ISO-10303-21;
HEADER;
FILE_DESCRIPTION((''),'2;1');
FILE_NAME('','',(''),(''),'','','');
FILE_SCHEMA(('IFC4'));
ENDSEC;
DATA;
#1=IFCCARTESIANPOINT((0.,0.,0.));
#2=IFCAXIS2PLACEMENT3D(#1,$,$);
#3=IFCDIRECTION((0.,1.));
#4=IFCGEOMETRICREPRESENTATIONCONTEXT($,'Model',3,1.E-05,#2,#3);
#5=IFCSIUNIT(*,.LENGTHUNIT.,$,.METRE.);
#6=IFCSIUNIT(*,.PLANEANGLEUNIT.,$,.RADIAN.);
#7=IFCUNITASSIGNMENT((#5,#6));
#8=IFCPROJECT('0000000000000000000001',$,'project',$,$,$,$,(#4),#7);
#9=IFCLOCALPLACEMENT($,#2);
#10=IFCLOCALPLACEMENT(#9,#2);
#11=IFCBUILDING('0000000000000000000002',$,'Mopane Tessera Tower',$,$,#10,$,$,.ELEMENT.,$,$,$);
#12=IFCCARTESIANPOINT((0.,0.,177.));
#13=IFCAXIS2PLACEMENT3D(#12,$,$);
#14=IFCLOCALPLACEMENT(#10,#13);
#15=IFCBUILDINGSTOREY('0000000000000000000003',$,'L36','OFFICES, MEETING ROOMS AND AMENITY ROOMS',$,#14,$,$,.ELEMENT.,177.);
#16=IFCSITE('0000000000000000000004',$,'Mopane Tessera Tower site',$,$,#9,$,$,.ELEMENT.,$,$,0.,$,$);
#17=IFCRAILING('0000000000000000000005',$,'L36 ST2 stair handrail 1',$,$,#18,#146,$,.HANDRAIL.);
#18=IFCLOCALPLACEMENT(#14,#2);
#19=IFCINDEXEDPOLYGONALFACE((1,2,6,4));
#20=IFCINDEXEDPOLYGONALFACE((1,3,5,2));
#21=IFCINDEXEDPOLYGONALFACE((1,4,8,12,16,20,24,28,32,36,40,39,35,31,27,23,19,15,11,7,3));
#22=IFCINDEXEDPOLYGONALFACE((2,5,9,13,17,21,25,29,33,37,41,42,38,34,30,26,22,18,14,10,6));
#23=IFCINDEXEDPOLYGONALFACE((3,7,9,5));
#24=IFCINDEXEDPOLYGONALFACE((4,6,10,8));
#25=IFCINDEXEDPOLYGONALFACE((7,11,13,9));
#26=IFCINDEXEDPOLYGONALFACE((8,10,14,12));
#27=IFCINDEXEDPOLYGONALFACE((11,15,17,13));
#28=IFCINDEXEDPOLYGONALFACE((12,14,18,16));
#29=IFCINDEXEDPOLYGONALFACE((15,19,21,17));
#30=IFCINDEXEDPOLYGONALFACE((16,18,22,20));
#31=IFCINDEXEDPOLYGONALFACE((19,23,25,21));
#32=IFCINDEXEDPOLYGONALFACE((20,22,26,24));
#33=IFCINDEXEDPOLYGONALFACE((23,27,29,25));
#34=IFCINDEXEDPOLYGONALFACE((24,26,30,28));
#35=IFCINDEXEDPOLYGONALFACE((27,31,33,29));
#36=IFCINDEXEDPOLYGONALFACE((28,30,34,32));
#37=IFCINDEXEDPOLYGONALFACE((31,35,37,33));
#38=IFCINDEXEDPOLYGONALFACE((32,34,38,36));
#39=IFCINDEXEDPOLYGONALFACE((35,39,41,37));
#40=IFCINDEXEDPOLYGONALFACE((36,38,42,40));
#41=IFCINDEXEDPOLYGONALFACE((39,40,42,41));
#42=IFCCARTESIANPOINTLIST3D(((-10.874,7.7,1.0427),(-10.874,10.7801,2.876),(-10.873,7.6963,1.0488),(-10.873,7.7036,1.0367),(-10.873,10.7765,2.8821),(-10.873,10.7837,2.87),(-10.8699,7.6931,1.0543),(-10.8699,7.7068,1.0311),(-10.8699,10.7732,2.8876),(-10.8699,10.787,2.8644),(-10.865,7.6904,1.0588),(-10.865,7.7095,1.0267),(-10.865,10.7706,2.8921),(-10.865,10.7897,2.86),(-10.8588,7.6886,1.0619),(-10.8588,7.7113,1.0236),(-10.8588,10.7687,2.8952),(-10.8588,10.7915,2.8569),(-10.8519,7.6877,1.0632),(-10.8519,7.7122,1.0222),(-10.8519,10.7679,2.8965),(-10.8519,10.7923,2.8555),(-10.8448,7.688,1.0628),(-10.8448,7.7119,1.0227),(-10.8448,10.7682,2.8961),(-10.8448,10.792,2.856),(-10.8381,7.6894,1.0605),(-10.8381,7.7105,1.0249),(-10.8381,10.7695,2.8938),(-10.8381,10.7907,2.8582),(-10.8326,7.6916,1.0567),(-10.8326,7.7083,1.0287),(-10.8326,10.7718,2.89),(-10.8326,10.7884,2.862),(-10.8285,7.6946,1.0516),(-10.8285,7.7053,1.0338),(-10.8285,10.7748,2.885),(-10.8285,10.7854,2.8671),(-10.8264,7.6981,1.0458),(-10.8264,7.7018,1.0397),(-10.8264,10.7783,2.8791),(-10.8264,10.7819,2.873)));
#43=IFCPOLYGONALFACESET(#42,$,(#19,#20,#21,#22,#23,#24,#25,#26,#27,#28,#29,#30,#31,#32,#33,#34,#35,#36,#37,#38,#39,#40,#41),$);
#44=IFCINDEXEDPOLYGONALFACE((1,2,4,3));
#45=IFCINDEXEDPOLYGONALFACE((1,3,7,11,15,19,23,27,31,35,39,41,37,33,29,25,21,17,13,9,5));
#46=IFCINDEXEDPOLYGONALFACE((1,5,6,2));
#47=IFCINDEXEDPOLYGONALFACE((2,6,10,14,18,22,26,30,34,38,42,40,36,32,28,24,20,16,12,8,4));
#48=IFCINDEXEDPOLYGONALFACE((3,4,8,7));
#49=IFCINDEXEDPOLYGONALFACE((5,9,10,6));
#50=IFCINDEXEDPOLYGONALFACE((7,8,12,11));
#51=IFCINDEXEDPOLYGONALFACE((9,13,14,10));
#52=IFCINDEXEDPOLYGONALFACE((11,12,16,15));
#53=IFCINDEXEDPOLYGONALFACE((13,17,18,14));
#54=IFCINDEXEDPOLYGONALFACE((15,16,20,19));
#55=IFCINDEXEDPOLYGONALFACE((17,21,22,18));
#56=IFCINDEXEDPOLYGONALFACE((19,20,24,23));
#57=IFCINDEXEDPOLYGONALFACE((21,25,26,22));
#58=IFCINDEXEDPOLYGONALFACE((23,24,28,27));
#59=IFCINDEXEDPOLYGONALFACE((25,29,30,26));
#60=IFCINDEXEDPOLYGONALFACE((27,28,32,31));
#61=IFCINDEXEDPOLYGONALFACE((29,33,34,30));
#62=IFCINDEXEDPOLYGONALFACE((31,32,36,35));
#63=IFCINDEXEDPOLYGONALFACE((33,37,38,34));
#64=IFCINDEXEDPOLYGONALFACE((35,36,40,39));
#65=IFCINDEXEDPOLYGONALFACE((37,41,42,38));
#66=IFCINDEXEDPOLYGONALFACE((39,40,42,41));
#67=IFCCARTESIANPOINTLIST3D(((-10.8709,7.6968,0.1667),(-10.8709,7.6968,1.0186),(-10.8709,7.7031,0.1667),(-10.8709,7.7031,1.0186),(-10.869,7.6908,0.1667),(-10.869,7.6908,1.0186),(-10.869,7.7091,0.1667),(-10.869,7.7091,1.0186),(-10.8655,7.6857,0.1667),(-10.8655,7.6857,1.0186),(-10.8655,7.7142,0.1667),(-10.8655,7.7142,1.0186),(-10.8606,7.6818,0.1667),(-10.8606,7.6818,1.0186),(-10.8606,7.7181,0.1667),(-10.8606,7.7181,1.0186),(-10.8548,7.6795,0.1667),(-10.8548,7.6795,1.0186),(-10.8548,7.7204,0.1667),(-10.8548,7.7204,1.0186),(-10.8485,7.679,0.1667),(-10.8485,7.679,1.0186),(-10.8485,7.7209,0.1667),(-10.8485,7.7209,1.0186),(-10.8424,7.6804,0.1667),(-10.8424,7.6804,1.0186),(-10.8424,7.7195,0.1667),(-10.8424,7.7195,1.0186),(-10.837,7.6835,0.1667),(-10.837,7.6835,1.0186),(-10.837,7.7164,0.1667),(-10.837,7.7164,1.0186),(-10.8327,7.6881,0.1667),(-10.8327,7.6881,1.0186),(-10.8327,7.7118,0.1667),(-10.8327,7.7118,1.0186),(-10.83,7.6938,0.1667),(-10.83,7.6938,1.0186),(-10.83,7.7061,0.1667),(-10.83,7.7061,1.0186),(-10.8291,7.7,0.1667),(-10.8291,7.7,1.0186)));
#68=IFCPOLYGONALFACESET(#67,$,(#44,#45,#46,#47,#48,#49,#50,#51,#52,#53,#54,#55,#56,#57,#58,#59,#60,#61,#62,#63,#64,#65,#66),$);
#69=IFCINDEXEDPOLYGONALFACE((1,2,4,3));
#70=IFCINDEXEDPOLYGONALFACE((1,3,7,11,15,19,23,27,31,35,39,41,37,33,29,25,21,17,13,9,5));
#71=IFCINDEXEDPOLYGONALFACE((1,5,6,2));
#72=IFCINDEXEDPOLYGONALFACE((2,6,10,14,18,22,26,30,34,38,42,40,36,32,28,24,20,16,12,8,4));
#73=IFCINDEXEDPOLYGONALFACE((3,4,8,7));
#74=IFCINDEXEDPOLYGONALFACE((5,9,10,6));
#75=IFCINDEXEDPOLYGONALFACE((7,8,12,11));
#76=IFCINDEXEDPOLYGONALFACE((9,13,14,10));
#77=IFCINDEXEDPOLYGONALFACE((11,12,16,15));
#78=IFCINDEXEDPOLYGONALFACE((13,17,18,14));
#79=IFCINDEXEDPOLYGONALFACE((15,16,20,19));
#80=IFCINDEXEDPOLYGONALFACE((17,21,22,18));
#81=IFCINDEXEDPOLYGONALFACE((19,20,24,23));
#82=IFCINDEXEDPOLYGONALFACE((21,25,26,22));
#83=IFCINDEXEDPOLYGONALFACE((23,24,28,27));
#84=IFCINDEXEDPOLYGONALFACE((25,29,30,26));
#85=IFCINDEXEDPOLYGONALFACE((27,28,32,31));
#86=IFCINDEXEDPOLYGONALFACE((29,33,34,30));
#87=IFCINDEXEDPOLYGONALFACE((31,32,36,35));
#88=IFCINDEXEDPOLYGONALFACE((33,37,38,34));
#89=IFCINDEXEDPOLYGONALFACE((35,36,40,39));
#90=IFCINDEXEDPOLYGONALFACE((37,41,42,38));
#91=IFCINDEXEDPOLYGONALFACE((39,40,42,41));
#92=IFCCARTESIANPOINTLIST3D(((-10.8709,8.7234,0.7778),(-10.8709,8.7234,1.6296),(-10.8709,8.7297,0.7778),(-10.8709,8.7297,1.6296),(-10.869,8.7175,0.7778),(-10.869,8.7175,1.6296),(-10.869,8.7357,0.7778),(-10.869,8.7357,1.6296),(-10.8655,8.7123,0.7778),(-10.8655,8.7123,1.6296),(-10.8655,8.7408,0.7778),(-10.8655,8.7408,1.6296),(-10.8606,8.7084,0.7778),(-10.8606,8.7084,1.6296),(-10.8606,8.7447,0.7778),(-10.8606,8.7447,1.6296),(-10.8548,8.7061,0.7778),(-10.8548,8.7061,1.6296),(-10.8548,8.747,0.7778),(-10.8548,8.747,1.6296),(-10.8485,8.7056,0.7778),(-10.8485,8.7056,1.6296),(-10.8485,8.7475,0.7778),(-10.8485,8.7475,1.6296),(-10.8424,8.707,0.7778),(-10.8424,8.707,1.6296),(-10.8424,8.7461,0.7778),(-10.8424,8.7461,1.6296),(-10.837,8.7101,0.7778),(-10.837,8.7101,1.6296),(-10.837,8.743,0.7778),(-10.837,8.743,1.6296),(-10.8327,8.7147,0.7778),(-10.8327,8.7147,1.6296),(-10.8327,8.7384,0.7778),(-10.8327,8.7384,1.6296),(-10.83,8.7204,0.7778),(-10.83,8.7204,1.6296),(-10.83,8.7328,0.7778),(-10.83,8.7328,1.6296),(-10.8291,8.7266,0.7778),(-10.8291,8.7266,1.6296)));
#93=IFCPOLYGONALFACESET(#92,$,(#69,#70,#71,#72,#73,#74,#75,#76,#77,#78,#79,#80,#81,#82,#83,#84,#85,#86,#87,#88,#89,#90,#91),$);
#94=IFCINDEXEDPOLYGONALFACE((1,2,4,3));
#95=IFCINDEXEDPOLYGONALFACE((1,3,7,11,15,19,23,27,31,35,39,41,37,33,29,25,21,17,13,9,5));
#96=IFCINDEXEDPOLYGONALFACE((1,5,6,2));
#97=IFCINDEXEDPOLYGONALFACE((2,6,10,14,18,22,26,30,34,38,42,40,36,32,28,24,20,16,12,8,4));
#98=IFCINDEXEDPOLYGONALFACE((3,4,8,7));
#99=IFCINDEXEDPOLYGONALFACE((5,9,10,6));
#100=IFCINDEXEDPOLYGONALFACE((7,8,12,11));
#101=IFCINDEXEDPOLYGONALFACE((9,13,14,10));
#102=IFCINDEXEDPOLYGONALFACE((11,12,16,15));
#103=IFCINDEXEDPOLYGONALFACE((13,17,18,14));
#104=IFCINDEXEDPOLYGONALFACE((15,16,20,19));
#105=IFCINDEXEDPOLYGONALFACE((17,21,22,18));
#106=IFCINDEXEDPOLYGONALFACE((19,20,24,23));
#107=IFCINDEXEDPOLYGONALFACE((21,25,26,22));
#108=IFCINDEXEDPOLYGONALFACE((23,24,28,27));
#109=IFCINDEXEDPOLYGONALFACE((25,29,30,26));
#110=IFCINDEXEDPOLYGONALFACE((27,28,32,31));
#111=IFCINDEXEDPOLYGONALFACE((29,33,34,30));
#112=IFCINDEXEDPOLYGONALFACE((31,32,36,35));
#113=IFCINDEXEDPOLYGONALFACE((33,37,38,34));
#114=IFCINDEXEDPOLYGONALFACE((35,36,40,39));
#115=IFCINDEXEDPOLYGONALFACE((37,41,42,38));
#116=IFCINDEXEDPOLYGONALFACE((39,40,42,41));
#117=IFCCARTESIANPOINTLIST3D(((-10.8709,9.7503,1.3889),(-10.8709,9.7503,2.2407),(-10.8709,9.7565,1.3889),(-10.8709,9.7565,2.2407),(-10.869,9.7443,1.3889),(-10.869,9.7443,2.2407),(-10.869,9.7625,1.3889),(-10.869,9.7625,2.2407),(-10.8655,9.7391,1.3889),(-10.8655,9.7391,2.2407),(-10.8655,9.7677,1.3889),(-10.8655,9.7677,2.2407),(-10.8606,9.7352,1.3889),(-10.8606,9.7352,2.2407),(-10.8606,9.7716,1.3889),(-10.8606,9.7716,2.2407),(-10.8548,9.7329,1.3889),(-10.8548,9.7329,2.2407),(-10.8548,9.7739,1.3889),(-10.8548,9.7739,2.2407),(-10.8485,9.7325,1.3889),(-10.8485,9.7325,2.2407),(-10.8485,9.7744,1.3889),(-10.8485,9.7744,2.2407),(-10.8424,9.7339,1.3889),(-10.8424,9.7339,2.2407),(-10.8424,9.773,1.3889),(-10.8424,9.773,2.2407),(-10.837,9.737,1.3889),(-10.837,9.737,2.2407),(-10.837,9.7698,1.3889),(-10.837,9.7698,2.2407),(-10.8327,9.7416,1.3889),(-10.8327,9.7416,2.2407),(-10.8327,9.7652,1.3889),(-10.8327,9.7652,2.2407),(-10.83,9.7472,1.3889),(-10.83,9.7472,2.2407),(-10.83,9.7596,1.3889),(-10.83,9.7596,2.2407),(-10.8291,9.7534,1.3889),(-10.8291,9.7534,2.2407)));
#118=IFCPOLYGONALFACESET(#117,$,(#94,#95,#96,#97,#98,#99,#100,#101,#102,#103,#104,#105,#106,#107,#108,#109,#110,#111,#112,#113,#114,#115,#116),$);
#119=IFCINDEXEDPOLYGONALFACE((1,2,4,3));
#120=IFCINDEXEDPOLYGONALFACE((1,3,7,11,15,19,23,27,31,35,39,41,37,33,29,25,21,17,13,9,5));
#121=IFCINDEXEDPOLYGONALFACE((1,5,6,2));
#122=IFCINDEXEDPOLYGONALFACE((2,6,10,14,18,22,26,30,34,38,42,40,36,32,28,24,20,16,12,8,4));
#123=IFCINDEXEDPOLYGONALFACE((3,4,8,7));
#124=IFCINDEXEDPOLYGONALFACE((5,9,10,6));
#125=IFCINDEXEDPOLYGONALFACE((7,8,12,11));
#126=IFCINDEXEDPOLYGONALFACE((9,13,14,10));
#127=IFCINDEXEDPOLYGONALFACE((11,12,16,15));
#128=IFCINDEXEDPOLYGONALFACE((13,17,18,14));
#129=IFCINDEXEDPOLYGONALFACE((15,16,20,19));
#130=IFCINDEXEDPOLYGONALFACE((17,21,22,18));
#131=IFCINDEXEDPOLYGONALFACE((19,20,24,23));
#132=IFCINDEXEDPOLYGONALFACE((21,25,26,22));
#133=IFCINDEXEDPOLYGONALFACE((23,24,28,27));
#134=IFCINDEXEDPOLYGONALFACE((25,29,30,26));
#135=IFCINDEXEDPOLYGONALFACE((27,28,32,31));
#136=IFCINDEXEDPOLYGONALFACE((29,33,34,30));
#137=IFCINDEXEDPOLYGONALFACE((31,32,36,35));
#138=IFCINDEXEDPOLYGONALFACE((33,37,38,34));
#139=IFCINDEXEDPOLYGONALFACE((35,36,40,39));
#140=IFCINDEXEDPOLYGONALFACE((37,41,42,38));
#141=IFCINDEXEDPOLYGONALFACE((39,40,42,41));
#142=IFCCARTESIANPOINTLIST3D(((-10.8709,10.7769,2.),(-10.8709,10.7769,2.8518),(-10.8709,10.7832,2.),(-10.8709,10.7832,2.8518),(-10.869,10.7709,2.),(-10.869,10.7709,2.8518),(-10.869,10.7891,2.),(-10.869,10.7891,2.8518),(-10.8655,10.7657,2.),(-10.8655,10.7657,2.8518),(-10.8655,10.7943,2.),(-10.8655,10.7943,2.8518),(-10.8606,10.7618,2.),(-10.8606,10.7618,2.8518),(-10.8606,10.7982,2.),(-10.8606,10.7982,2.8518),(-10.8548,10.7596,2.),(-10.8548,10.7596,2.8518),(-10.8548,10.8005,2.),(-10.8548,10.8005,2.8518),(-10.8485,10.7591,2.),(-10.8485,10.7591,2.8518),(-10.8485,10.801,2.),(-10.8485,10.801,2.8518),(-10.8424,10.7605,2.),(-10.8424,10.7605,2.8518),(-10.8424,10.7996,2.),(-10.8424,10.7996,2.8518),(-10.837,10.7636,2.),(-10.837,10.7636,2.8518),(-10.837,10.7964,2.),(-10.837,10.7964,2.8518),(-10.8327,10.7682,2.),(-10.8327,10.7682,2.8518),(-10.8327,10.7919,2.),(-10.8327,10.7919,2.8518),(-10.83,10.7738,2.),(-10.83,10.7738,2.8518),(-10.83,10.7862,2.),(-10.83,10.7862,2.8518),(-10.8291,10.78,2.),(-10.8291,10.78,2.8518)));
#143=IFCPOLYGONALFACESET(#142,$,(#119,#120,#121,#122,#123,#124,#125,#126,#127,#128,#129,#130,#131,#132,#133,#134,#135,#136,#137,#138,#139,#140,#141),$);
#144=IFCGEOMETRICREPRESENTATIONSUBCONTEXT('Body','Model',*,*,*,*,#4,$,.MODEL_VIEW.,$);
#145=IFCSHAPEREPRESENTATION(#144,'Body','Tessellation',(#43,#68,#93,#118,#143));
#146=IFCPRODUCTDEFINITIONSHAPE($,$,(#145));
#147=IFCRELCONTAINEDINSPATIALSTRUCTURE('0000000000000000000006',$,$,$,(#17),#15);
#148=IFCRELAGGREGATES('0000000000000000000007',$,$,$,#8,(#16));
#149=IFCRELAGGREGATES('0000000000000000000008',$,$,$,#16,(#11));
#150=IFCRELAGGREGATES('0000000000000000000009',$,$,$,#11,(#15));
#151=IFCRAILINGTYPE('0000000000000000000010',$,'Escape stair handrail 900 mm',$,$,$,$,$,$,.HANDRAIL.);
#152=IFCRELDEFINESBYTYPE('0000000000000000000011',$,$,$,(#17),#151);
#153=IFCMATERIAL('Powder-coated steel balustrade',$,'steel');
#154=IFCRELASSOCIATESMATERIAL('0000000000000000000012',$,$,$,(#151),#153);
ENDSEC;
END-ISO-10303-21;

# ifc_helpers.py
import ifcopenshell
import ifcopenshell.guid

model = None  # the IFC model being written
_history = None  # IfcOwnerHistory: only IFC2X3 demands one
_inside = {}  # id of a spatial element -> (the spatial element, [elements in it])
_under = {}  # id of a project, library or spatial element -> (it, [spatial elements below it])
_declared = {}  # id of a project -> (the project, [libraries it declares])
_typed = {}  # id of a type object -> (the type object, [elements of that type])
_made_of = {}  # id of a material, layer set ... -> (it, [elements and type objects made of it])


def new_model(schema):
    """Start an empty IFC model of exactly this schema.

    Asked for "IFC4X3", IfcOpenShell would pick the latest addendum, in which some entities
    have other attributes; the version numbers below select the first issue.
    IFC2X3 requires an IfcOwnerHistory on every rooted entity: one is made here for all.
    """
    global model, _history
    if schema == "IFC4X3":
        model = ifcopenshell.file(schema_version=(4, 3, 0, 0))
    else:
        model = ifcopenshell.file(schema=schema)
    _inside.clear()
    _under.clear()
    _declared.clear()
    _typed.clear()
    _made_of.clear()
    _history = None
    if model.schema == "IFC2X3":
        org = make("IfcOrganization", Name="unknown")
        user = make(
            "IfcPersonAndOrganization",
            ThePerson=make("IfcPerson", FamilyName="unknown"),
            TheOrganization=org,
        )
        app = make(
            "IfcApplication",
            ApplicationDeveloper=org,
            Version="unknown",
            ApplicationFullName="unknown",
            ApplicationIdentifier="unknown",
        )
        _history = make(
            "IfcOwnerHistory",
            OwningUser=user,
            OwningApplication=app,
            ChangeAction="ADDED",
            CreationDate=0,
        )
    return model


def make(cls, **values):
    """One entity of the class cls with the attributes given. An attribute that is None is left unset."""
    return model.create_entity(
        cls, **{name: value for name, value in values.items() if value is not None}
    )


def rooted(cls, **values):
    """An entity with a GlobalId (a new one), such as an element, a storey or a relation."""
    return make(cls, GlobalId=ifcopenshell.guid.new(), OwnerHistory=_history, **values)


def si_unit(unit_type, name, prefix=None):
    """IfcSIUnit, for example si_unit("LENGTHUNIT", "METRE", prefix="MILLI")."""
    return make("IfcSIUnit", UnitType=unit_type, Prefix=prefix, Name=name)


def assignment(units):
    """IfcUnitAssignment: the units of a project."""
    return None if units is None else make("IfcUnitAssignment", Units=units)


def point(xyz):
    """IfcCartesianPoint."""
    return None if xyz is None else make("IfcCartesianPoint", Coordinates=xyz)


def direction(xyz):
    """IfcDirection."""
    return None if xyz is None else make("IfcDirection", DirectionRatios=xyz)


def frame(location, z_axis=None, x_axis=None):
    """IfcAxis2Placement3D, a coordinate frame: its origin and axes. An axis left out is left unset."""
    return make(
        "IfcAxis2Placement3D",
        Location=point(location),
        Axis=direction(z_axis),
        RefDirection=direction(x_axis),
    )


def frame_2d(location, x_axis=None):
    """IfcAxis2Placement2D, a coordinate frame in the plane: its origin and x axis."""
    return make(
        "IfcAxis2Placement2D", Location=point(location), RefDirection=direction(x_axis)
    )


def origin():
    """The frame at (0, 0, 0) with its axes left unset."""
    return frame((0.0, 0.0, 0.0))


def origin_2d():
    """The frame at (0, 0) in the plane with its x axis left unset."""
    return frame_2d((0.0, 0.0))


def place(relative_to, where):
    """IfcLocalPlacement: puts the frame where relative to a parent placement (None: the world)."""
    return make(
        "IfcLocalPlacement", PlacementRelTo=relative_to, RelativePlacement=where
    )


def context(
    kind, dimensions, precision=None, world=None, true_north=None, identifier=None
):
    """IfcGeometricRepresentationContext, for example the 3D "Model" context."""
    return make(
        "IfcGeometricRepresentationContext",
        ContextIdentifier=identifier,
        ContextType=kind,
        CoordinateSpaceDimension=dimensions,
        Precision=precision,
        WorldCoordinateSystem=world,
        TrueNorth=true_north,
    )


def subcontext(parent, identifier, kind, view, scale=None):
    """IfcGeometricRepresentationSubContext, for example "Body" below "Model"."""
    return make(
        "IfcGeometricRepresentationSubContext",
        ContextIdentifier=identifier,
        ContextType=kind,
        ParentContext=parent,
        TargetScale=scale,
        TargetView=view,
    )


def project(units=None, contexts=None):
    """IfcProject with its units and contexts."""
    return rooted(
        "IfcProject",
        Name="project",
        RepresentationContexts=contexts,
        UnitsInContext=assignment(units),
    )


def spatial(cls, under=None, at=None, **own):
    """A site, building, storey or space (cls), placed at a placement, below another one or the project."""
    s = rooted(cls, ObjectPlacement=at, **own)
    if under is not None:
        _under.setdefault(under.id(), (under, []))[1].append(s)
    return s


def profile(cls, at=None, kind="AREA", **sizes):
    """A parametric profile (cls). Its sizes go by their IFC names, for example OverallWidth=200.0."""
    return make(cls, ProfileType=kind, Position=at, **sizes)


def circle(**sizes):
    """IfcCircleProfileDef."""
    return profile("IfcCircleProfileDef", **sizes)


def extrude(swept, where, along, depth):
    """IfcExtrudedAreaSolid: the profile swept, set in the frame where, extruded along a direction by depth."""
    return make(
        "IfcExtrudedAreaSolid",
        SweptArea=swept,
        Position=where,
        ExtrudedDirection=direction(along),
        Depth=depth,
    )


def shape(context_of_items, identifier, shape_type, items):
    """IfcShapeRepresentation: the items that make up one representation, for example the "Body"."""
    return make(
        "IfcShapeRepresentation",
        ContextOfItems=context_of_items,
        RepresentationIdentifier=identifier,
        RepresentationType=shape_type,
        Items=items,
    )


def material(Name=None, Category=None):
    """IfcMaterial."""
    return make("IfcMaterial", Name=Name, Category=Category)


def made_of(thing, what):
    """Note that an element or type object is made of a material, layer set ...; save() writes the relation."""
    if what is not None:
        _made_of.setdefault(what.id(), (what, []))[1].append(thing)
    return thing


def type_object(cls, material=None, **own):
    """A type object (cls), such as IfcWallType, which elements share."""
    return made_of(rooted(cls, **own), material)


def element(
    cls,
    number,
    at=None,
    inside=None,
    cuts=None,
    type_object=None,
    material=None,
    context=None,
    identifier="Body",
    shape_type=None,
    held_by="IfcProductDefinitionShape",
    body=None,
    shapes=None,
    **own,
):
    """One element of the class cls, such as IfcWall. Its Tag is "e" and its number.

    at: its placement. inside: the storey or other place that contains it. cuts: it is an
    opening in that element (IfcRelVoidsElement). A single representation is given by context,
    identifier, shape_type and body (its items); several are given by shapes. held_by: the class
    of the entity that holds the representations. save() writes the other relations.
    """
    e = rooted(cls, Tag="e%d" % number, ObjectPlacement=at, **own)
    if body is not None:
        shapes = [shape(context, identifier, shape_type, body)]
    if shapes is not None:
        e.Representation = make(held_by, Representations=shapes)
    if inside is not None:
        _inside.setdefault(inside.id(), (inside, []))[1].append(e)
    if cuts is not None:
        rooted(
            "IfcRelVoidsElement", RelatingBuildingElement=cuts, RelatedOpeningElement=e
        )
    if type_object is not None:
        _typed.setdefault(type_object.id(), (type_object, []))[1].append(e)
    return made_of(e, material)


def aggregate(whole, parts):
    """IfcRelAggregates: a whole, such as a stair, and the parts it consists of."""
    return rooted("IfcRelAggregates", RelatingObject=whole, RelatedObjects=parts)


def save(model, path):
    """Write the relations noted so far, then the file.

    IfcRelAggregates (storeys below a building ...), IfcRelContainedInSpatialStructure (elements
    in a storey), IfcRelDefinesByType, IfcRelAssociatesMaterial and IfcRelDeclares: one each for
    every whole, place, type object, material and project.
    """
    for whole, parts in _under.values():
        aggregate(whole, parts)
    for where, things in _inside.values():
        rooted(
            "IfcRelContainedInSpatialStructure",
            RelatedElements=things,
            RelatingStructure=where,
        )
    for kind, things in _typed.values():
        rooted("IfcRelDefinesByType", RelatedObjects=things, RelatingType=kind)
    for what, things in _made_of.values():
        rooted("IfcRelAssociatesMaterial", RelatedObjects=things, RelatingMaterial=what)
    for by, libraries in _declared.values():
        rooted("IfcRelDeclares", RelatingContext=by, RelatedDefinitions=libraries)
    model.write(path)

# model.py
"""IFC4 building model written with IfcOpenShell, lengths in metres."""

from ifc_helpers import new_model, si_unit, direction, frame, origin, origin_2d, place, context, subcontext, project, spatial, circle, extrude, material, type_object, element, save


model = new_model("IFC4")

# Units and contexts
model_context = context("Model", 3, precision=1e-05, world=origin(), true_north=direction((0.0, 1.0)))
body_context = subcontext(model_context, "Body", "Model", "MODEL_VIEW")
ifc_project = project(units=[si_unit("LENGTHUNIT", "METRE"), si_unit("PLANEANGLEUNIT", "RADIAN")], contexts=[model_context])

# Site, building, storey
site_placement = place(None, origin())
site = spatial("IfcSite", under=ifc_project, at=site_placement, Name="Mopane Tessera Tower site", CompositionType="ELEMENT", RefElevation=0.0)
building_placement = place(site_placement, origin())
building = spatial("IfcBuilding", under=site, at=building_placement, Name="Mopane Tessera Tower", CompositionType="ELEMENT")
storey_placement = place(building_placement, frame((0.0, 0.0, 177.0)))
storey = spatial("IfcBuildingStorey", under=building, at=storey_placement, Name="L36", Description="OFFICES, MEETING ROOMS AND AMENITY ROOMS", CompositionType="ELEMENT", Elevation=177.0)

# Railing
ifc_material_1 = material(Name="Powder-coated steel balustrade", Category="steel")
railing_type_1 = type_object("IfcRailingType", Name="Escape stair handrail 900 mm", PredefinedType="HANDRAIL", material=ifc_material_1)
railing_1_placement = place(storey_placement, frame((-10.8501, 7.7, 0.1667)))
element("IfcRailing", 1, at=railing_1_placement, inside=storey, type_object=railing_type_1, Name="L36 ST2 stair handrail 1", PredefinedType="HANDRAIL", context=body_context, shape_type="SweptSolid", body=[
    extrude(circle(Radius=0.0239, at=origin_2d()), frame((0.0, 0.0, 0.876), z_axis=(0.0, 0.859309, 0.511458), x_axis=(-1.0, 0.0, 0.0)), (0.0, 0.0, 1.0), 3.5845),
    extrude(circle(Radius=0.021, at=origin_2d()), origin(), (0.0, 0.0, 1.0), 0.8518),
    extrude(circle(Radius=0.021, at=origin_2d()), frame((0.0, 1.0266, 0.6111)), (0.0, 0.0, 1.0), 0.8518),
    extrude(circle(Radius=0.021, at=origin_2d()), frame((0.0, 2.0535, 1.2222)), (0.0, 0.0, 1.0), 0.8518),
    extrude(circle(Radius=0.021, at=origin_2d()), frame((0.0, 3.0801, 1.8333)), (0.0, 0.0, 1.0), 0.8518),
])

save(model, "model.ifc")
